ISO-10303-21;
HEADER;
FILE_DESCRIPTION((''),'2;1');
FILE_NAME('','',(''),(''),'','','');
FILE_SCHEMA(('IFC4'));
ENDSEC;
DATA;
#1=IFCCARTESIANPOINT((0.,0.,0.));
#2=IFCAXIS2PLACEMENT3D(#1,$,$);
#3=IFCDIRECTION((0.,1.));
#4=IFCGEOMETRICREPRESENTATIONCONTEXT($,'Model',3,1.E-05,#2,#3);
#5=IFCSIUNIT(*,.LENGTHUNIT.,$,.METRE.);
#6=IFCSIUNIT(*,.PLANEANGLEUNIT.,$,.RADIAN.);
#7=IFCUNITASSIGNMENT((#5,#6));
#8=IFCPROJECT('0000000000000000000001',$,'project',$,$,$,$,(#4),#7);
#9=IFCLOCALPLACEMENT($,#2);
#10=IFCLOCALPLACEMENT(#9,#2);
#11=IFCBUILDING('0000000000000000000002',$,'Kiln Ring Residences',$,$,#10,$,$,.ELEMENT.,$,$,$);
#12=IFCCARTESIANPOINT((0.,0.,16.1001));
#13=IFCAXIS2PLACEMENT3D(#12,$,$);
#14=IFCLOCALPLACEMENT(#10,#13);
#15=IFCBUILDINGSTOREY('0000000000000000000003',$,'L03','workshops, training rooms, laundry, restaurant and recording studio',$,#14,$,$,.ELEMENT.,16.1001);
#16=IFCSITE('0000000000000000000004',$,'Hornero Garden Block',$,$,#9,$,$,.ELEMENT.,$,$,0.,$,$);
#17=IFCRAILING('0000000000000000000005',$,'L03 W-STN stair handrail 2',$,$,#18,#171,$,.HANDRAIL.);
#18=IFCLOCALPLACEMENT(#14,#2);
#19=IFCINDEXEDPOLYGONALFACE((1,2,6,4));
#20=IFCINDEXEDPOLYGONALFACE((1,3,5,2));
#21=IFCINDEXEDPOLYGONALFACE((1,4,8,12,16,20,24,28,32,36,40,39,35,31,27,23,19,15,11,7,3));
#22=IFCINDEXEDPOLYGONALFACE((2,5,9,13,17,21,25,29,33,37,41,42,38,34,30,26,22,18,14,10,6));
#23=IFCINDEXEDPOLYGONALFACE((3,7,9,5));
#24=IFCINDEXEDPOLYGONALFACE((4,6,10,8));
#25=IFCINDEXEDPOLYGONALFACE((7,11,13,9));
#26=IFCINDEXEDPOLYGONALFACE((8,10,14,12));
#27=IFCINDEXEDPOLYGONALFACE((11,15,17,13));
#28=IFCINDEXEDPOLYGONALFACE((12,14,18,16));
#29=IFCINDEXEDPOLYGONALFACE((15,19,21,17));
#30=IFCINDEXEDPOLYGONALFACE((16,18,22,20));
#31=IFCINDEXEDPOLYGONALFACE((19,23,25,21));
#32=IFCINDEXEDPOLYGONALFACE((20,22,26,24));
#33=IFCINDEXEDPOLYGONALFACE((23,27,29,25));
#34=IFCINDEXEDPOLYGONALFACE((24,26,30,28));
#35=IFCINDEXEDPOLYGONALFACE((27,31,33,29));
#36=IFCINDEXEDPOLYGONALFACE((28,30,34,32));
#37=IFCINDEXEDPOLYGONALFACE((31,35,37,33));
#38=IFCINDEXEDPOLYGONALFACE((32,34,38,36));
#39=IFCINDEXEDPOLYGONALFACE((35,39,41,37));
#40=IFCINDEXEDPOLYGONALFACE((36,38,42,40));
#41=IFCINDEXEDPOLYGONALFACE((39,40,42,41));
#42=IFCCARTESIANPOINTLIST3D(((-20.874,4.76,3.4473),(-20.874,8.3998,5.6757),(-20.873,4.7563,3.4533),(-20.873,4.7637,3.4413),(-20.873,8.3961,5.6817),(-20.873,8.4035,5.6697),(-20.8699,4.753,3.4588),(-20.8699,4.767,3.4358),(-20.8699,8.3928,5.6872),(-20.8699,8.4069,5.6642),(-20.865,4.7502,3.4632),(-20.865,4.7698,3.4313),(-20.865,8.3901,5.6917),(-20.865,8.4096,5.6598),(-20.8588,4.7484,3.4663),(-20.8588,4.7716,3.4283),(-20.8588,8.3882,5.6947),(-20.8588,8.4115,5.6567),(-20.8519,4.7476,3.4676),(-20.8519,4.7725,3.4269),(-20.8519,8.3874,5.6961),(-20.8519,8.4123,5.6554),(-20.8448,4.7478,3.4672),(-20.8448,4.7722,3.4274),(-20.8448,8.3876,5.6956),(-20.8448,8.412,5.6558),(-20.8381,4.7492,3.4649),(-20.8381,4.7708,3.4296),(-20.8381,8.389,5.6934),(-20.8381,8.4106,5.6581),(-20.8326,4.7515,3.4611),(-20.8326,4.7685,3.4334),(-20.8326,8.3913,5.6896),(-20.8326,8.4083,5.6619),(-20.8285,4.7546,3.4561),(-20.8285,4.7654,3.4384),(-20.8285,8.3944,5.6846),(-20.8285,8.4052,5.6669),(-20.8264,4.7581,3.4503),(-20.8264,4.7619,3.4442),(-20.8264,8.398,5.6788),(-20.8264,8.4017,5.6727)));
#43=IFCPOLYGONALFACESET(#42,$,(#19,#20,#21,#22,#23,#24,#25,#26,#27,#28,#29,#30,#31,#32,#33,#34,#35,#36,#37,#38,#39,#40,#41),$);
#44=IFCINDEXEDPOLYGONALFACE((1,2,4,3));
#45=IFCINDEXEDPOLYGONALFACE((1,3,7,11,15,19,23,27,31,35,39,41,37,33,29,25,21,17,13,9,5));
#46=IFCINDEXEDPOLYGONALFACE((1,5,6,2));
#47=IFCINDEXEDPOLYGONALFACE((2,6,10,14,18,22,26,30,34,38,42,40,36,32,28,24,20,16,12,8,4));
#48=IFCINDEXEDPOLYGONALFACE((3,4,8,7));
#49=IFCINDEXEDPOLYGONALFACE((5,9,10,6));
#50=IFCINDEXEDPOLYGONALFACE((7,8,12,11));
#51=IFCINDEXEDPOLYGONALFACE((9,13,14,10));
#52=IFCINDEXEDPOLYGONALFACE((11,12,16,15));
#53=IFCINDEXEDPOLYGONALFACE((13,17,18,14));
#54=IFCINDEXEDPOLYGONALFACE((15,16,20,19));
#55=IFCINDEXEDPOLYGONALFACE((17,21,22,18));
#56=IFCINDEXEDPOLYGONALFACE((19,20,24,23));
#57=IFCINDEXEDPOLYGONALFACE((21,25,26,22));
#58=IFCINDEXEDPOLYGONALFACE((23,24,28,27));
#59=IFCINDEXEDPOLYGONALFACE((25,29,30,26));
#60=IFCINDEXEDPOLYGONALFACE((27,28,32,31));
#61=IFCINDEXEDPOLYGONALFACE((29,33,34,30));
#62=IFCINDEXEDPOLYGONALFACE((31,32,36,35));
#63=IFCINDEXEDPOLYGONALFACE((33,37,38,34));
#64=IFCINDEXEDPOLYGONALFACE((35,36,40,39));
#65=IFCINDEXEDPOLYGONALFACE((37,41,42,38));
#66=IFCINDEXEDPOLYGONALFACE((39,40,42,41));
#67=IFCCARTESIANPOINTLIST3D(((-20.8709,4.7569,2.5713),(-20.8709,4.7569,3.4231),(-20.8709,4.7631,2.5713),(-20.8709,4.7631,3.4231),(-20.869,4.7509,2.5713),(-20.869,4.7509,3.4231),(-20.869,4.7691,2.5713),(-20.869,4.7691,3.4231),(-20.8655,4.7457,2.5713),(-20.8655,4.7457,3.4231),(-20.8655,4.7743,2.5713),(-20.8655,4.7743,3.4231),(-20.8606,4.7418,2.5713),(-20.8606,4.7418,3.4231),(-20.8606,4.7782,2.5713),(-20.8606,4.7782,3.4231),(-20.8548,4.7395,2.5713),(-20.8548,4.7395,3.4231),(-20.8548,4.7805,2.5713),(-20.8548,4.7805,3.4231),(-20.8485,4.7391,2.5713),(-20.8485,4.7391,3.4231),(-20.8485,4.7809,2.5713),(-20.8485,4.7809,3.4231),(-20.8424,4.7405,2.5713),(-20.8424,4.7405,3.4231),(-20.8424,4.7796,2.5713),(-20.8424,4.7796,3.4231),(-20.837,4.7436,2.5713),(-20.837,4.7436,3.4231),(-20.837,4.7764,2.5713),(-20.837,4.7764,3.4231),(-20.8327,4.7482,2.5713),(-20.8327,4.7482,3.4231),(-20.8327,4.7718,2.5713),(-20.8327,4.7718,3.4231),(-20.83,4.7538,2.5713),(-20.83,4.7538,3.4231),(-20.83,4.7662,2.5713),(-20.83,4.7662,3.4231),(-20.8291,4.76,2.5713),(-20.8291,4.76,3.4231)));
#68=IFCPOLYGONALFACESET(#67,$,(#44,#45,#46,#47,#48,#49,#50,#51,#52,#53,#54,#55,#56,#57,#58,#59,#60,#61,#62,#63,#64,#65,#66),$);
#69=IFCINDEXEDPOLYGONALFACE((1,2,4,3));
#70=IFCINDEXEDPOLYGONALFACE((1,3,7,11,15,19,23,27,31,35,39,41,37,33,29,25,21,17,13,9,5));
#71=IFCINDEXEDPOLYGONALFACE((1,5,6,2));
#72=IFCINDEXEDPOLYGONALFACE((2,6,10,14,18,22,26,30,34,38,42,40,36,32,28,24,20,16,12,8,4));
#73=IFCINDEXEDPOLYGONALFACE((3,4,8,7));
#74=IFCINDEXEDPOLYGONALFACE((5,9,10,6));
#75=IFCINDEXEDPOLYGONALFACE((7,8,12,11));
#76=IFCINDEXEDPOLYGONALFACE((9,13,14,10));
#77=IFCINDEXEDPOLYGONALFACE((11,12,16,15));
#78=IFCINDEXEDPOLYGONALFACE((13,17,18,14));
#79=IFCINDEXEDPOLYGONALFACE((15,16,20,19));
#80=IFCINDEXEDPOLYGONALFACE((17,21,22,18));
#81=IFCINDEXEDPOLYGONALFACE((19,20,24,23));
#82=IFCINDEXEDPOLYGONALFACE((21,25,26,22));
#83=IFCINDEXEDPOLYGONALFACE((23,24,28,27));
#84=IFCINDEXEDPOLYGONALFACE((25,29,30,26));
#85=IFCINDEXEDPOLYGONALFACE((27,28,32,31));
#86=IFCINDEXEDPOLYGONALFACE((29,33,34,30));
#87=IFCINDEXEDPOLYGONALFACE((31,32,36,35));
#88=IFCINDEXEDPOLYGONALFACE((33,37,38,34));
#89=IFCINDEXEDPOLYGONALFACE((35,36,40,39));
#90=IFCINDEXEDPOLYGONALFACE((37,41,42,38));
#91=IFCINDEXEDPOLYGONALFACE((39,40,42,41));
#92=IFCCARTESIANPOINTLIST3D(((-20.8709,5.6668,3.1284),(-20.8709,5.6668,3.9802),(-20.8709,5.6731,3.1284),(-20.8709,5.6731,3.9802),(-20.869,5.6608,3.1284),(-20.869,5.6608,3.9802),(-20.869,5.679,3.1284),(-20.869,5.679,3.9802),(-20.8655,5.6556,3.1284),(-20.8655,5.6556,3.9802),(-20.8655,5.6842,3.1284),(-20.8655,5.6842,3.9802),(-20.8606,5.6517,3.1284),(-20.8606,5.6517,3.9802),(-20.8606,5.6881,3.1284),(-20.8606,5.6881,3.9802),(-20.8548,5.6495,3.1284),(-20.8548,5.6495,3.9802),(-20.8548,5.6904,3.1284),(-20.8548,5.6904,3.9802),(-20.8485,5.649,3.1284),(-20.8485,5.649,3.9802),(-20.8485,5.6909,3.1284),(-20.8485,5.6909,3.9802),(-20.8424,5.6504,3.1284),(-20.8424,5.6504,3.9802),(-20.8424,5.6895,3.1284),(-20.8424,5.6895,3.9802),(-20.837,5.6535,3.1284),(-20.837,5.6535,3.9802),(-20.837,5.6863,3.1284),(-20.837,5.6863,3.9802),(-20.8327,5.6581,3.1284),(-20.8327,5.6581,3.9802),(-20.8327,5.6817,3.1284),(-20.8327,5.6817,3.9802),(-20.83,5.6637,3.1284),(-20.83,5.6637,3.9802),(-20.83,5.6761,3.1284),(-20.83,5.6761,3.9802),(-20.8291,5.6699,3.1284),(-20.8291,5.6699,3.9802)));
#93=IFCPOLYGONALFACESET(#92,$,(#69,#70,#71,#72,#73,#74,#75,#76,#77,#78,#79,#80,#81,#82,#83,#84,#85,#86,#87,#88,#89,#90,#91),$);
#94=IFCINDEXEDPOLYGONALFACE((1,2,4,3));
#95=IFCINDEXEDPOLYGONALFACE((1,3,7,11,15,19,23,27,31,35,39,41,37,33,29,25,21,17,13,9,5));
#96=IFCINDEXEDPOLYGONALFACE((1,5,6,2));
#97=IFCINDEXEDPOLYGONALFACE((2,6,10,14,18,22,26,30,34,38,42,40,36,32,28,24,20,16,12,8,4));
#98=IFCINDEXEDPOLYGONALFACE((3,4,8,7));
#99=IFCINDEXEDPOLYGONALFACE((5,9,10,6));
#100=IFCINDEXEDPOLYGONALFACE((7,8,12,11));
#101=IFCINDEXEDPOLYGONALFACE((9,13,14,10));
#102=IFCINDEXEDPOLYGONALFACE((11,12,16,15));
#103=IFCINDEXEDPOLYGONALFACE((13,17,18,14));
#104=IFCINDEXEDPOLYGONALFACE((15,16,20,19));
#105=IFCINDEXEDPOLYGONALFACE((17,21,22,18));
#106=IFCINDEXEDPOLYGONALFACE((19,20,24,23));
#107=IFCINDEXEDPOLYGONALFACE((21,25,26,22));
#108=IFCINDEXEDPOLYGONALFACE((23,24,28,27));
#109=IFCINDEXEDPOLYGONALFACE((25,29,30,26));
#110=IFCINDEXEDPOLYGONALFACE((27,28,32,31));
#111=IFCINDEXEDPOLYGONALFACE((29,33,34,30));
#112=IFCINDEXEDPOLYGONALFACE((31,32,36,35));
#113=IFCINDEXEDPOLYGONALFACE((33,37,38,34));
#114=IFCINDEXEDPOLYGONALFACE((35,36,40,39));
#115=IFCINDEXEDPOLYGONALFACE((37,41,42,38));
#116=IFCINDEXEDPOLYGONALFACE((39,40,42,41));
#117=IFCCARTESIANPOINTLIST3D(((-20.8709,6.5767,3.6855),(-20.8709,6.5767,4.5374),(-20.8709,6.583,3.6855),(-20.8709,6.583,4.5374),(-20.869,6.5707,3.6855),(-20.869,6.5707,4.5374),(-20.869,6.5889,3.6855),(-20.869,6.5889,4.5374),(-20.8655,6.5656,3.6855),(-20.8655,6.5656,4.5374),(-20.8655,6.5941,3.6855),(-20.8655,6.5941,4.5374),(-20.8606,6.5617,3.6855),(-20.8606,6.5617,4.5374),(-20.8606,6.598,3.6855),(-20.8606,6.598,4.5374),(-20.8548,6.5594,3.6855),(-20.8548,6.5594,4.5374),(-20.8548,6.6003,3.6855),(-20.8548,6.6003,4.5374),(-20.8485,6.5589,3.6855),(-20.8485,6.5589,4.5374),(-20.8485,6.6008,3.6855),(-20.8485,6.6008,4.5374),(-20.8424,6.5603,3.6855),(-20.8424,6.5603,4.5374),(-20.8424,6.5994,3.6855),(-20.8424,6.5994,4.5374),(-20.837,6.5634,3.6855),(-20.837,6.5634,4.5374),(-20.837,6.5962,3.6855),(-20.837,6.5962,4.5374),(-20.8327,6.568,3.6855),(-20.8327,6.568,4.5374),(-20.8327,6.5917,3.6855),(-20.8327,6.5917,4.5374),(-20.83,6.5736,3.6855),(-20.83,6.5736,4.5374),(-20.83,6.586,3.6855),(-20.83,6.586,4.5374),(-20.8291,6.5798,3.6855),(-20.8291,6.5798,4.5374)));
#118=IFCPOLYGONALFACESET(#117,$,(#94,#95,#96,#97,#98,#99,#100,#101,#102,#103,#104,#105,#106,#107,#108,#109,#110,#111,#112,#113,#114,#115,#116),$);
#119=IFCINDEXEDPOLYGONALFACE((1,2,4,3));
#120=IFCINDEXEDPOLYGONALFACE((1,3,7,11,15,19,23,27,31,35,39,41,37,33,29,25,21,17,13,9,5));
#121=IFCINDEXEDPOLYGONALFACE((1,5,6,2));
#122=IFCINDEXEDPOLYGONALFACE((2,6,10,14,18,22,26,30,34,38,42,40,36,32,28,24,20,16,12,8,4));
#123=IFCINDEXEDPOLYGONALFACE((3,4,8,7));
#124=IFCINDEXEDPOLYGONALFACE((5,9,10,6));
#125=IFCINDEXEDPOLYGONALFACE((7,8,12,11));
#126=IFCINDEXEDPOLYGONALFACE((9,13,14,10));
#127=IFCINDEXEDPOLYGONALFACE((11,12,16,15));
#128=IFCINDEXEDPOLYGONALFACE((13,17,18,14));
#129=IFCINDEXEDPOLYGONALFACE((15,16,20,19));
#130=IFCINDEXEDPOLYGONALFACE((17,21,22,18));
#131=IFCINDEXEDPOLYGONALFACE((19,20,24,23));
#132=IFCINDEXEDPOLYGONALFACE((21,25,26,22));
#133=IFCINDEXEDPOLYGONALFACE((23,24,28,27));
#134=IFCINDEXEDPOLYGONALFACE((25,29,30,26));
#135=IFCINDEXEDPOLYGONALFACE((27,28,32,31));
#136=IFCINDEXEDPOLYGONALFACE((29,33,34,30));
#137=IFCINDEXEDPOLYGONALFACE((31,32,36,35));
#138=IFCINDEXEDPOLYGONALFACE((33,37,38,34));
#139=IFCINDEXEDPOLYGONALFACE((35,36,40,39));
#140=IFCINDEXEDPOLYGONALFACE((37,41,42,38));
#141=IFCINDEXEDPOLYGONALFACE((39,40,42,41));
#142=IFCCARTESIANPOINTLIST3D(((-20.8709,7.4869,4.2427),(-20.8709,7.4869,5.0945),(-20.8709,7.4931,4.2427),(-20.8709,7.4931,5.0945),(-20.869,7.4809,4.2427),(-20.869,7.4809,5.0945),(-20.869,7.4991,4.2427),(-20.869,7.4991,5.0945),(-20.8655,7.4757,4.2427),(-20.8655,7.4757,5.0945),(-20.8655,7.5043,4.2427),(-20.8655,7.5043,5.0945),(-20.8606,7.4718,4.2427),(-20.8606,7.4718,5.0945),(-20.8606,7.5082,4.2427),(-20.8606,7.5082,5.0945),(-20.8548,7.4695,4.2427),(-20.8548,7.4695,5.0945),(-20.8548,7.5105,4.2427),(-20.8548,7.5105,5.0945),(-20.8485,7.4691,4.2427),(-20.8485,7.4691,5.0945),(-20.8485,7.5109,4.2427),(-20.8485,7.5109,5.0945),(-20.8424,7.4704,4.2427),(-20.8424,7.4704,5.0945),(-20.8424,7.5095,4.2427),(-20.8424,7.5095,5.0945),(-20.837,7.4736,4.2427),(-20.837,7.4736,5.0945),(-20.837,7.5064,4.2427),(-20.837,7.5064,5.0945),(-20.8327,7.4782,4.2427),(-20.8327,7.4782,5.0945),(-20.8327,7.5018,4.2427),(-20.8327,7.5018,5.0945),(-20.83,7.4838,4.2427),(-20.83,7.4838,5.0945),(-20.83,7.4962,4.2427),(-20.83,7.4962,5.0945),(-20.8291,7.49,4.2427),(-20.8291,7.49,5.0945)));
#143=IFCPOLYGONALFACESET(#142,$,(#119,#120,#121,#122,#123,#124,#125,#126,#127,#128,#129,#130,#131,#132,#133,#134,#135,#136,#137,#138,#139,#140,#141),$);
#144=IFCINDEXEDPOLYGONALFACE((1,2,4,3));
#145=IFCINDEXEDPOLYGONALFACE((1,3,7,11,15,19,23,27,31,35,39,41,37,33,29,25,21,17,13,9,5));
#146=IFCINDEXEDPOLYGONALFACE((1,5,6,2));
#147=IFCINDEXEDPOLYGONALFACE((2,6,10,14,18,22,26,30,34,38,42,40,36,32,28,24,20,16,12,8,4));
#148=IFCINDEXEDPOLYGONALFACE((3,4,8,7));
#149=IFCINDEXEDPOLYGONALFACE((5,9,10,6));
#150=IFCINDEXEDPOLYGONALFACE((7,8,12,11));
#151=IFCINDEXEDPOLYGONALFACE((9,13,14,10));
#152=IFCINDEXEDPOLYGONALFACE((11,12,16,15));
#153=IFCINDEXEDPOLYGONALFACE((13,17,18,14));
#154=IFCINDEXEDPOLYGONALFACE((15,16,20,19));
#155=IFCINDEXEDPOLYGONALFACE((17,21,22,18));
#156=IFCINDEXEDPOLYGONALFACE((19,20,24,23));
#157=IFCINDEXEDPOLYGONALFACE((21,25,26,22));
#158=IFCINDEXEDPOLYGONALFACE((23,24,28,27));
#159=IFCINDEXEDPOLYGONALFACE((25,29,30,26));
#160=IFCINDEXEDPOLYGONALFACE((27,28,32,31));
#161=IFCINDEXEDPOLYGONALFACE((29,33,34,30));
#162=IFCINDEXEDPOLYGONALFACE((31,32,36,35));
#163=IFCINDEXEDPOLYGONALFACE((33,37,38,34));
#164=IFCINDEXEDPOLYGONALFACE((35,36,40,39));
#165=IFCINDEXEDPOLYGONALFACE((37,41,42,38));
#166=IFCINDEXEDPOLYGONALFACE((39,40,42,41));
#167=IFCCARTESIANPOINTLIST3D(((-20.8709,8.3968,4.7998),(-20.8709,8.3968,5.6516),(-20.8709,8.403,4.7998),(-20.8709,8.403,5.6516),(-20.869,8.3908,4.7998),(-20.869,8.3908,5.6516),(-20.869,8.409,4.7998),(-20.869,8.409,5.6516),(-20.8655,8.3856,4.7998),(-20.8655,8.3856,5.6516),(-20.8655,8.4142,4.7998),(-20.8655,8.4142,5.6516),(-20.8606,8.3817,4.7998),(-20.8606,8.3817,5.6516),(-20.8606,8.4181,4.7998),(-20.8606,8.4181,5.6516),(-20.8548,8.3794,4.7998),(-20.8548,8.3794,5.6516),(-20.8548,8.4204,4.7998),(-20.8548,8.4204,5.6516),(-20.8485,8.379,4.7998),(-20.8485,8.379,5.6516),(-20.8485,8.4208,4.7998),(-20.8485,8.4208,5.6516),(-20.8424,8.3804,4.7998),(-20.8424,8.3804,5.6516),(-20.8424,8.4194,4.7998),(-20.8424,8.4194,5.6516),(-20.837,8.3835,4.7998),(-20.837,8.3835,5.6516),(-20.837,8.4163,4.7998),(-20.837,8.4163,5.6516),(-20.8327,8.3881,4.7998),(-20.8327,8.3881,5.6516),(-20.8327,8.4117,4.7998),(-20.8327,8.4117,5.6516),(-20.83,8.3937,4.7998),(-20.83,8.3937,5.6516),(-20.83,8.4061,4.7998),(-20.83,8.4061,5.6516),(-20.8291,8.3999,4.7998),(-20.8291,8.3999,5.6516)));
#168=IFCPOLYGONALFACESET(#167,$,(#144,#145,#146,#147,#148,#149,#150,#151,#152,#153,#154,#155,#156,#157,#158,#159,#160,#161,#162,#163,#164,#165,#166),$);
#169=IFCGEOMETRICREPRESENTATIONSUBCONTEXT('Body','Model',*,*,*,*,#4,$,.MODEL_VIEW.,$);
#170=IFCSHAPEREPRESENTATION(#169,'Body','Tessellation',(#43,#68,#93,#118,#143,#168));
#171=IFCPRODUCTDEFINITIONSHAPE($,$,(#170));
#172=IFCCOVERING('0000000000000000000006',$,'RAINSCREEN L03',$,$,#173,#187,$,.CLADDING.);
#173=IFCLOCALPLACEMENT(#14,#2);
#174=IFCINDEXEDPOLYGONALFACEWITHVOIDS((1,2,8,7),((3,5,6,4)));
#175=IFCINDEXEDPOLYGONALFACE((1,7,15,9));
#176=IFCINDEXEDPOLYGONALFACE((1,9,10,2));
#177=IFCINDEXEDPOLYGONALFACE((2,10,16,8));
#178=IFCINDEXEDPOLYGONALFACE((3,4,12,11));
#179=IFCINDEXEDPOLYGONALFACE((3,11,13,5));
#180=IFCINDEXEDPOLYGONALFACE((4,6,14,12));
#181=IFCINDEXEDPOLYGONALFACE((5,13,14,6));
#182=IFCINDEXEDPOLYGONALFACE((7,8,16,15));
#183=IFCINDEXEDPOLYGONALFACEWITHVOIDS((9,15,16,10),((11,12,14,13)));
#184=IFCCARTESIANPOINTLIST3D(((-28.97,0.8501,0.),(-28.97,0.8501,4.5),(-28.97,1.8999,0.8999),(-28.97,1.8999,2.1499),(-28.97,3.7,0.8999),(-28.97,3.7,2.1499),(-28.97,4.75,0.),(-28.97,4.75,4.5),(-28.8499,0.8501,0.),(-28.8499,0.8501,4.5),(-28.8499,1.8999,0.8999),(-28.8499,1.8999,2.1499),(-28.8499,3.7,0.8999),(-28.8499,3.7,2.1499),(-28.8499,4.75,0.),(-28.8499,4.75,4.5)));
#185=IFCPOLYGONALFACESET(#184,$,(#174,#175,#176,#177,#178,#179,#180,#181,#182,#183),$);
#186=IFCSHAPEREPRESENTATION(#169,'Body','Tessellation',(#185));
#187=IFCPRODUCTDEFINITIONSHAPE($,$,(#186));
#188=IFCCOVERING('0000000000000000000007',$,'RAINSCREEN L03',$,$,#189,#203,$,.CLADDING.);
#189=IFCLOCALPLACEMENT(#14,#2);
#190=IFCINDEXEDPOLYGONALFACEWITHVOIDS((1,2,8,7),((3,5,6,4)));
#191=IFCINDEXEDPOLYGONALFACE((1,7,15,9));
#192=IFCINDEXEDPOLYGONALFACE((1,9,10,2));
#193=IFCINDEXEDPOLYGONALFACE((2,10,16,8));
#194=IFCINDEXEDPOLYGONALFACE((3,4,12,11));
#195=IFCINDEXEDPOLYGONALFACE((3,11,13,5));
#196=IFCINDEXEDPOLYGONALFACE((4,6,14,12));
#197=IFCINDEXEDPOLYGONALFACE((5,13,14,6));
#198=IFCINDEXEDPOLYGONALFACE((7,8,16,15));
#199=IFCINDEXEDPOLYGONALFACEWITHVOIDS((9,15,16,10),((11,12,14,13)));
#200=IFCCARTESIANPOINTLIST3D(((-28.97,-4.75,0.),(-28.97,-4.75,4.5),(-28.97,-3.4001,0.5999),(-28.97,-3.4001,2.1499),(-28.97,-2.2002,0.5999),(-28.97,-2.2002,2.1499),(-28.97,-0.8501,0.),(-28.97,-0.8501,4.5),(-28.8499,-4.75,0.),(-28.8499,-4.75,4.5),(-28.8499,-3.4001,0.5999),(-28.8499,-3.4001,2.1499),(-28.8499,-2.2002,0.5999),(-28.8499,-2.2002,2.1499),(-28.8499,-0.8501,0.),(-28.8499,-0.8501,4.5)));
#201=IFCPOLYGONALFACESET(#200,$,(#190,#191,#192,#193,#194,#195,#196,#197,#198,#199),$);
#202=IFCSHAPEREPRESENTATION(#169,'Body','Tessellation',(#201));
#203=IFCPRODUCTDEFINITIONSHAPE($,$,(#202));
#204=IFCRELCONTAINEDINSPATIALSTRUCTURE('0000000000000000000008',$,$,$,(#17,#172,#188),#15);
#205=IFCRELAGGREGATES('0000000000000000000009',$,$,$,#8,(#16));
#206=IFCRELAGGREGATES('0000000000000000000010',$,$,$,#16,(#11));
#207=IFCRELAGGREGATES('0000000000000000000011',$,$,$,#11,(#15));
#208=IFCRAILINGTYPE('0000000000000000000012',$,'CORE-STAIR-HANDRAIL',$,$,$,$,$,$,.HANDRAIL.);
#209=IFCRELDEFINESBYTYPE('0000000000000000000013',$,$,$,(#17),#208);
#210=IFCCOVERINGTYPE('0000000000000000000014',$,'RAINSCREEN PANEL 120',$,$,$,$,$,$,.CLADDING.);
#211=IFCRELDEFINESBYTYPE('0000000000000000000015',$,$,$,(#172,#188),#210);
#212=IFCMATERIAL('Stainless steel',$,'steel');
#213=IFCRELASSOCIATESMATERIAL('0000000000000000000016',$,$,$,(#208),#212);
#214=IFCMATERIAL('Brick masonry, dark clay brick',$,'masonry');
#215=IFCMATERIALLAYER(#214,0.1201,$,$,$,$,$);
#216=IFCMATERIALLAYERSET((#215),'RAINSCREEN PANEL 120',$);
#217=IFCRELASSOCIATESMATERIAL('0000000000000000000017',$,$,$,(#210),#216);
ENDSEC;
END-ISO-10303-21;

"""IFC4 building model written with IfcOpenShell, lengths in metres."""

from ifc_helpers import new_model, si_unit, direction, frame, origin, origin_2d, place, context, subcontext, project, spatial, polyline, circle, outline, extrude, material, layer, layer_set, type_object, element, save


model = new_model("IFC4")

# Units and contexts
model_context = context("Model", 3, precision=1e-05, world=origin(), true_north=direction((0.0, 1.0)))
body_context = subcontext(model_context, "Body", "Model", "MODEL_VIEW")
ifc_project = project(units=[si_unit("LENGTHUNIT", "METRE"), si_unit("PLANEANGLEUNIT", "RADIAN")], contexts=[model_context])

# Site, building, storey
site_placement = place(None, origin())
site = spatial("IfcSite", under=ifc_project, at=site_placement, Name="Hornero Garden Block", CompositionType="ELEMENT", RefElevation=0.0)
building_placement = place(site_placement, origin())
building = spatial("IfcBuilding", under=site, at=building_placement, Name="Kiln Ring Residences", CompositionType="ELEMENT")
storey_placement = place(building_placement, frame((0.0, 0.0, 16.1001)))
storey = spatial("IfcBuildingStorey", under=building, at=storey_placement, Name="L03", Description="workshops, training rooms, laundry, restaurant and recording studio", CompositionType="ELEMENT", Elevation=16.1001)

# Railing
ifc_material_1 = material(Name="Stainless steel", Category="steel")
railing_type_1 = type_object("IfcRailingType", Name="CORE-STAIR-HANDRAIL", PredefinedType="HANDRAIL", material=ifc_material_1)
railing_1_placement = place(storey_placement, frame((-20.8501, 4.76, 2.5713)))
element("IfcRailing", 1, at=railing_1_placement, inside=storey, type_object=railing_type_1, Name="L03 W-STN stair handrail 2", PredefinedType="HANDRAIL", context=body_context, shape_type="SweptSolid", body=[
    extrude(circle(Radius=0.0239, at=origin_2d()), frame((0.0, 0.0, 0.876), z_axis=(0.0, 0.85285, 0.522156), x_axis=(-1.0, 0.0, 0.0)), (0.0, 0.0, 1.0), 4.2678),
    extrude(circle(Radius=0.021, at=origin_2d()), origin(), (0.0, 0.0, 1.0), 0.8518),
    extrude(circle(Radius=0.021, at=origin_2d()), frame((0.0, 0.9099, 0.5571)), (0.0, 0.0, 1.0), 0.8518),
    extrude(circle(Radius=0.021, at=origin_2d()), frame((0.0, 1.8198, 1.1143)), (0.0, 0.0, 1.0), 0.8518),
    extrude(circle(Radius=0.021, at=origin_2d()), frame((0.0, 2.73, 1.6714)), (0.0, 0.0, 1.0), 0.8518),
    extrude(circle(Radius=0.021, at=origin_2d()), frame((0.0, 3.6399, 2.2285)), (0.0, 0.0, 1.0), 0.8518),
])

# Coverings
ifc_material_2 = material(Name="Brick masonry, dark clay brick", Category="masonry")
ifc_layer_1 = layer(ifc_material_2, 0.1201)
ifc_layer_set_1 = layer_set([ifc_layer_1], Name="RAINSCREEN PANEL 120")
covering_type = type_object("IfcCoveringType", Name="RAINSCREEN PANEL 120", PredefinedType="CLADDING", material=ifc_layer_set_1)
covering_1_placement = place(storey_placement, frame((-28.9099, 4.75, 0.0), z_axis=(0.0, 0.0, 1.0), x_axis=(0.0, -1.0, 0.0)))
element("IfcCovering", 2, at=covering_1_placement, inside=storey, type_object=covering_type, Name="RAINSCREEN L03", PredefinedType="CLADDING", context=body_context, shape_type="SweptSolid", body=[
    extrude(outline(polyline([(0.0, 0.0), (3.8999, 0.0), (3.8999, 4.5), (0.0, 4.5), (0.0, 0.0)]), holes=[polyline([(1.05, 2.1499), (1.05, 0.8999), (2.8501, 0.8999), (2.8501, 2.1499), (1.05, 2.1499)])]), frame((0.0, 0.0601, 0.0), z_axis=(0.0, -1.0, 0.0), x_axis=(1.0, 0.0, 0.0)), (0.0, 0.0, 1.0), 0.1201),
])
covering_2_placement = place(storey_placement, frame((-28.9099, -0.8501, 0.0), z_axis=(0.0, 0.0, 1.0), x_axis=(0.0, -1.0, 0.0)))
element("IfcCovering", 3, at=covering_2_placement, inside=storey, type_object=covering_type, Name="RAINSCREEN L03", PredefinedType="CLADDING", context=body_context, shape_type="SweptSolid", body=[
    extrude(outline(polyline([(0.0, 0.0), (3.8999, 0.0), (3.8999, 4.5), (0.0, 4.5), (0.0, 0.0)]), holes=[polyline([(1.3501, 2.1499), (1.3501, 0.5999), (2.55, 0.5999), (2.55, 2.1499), (1.3501, 2.1499)])]), frame((0.0, 0.0601, 0.0), z_axis=(0.0, -1.0, 0.0), x_axis=(1.0, 0.0, 0.0)), (0.0, 0.0, 1.0), 0.1201),
])

save(model, "model.ifc")
